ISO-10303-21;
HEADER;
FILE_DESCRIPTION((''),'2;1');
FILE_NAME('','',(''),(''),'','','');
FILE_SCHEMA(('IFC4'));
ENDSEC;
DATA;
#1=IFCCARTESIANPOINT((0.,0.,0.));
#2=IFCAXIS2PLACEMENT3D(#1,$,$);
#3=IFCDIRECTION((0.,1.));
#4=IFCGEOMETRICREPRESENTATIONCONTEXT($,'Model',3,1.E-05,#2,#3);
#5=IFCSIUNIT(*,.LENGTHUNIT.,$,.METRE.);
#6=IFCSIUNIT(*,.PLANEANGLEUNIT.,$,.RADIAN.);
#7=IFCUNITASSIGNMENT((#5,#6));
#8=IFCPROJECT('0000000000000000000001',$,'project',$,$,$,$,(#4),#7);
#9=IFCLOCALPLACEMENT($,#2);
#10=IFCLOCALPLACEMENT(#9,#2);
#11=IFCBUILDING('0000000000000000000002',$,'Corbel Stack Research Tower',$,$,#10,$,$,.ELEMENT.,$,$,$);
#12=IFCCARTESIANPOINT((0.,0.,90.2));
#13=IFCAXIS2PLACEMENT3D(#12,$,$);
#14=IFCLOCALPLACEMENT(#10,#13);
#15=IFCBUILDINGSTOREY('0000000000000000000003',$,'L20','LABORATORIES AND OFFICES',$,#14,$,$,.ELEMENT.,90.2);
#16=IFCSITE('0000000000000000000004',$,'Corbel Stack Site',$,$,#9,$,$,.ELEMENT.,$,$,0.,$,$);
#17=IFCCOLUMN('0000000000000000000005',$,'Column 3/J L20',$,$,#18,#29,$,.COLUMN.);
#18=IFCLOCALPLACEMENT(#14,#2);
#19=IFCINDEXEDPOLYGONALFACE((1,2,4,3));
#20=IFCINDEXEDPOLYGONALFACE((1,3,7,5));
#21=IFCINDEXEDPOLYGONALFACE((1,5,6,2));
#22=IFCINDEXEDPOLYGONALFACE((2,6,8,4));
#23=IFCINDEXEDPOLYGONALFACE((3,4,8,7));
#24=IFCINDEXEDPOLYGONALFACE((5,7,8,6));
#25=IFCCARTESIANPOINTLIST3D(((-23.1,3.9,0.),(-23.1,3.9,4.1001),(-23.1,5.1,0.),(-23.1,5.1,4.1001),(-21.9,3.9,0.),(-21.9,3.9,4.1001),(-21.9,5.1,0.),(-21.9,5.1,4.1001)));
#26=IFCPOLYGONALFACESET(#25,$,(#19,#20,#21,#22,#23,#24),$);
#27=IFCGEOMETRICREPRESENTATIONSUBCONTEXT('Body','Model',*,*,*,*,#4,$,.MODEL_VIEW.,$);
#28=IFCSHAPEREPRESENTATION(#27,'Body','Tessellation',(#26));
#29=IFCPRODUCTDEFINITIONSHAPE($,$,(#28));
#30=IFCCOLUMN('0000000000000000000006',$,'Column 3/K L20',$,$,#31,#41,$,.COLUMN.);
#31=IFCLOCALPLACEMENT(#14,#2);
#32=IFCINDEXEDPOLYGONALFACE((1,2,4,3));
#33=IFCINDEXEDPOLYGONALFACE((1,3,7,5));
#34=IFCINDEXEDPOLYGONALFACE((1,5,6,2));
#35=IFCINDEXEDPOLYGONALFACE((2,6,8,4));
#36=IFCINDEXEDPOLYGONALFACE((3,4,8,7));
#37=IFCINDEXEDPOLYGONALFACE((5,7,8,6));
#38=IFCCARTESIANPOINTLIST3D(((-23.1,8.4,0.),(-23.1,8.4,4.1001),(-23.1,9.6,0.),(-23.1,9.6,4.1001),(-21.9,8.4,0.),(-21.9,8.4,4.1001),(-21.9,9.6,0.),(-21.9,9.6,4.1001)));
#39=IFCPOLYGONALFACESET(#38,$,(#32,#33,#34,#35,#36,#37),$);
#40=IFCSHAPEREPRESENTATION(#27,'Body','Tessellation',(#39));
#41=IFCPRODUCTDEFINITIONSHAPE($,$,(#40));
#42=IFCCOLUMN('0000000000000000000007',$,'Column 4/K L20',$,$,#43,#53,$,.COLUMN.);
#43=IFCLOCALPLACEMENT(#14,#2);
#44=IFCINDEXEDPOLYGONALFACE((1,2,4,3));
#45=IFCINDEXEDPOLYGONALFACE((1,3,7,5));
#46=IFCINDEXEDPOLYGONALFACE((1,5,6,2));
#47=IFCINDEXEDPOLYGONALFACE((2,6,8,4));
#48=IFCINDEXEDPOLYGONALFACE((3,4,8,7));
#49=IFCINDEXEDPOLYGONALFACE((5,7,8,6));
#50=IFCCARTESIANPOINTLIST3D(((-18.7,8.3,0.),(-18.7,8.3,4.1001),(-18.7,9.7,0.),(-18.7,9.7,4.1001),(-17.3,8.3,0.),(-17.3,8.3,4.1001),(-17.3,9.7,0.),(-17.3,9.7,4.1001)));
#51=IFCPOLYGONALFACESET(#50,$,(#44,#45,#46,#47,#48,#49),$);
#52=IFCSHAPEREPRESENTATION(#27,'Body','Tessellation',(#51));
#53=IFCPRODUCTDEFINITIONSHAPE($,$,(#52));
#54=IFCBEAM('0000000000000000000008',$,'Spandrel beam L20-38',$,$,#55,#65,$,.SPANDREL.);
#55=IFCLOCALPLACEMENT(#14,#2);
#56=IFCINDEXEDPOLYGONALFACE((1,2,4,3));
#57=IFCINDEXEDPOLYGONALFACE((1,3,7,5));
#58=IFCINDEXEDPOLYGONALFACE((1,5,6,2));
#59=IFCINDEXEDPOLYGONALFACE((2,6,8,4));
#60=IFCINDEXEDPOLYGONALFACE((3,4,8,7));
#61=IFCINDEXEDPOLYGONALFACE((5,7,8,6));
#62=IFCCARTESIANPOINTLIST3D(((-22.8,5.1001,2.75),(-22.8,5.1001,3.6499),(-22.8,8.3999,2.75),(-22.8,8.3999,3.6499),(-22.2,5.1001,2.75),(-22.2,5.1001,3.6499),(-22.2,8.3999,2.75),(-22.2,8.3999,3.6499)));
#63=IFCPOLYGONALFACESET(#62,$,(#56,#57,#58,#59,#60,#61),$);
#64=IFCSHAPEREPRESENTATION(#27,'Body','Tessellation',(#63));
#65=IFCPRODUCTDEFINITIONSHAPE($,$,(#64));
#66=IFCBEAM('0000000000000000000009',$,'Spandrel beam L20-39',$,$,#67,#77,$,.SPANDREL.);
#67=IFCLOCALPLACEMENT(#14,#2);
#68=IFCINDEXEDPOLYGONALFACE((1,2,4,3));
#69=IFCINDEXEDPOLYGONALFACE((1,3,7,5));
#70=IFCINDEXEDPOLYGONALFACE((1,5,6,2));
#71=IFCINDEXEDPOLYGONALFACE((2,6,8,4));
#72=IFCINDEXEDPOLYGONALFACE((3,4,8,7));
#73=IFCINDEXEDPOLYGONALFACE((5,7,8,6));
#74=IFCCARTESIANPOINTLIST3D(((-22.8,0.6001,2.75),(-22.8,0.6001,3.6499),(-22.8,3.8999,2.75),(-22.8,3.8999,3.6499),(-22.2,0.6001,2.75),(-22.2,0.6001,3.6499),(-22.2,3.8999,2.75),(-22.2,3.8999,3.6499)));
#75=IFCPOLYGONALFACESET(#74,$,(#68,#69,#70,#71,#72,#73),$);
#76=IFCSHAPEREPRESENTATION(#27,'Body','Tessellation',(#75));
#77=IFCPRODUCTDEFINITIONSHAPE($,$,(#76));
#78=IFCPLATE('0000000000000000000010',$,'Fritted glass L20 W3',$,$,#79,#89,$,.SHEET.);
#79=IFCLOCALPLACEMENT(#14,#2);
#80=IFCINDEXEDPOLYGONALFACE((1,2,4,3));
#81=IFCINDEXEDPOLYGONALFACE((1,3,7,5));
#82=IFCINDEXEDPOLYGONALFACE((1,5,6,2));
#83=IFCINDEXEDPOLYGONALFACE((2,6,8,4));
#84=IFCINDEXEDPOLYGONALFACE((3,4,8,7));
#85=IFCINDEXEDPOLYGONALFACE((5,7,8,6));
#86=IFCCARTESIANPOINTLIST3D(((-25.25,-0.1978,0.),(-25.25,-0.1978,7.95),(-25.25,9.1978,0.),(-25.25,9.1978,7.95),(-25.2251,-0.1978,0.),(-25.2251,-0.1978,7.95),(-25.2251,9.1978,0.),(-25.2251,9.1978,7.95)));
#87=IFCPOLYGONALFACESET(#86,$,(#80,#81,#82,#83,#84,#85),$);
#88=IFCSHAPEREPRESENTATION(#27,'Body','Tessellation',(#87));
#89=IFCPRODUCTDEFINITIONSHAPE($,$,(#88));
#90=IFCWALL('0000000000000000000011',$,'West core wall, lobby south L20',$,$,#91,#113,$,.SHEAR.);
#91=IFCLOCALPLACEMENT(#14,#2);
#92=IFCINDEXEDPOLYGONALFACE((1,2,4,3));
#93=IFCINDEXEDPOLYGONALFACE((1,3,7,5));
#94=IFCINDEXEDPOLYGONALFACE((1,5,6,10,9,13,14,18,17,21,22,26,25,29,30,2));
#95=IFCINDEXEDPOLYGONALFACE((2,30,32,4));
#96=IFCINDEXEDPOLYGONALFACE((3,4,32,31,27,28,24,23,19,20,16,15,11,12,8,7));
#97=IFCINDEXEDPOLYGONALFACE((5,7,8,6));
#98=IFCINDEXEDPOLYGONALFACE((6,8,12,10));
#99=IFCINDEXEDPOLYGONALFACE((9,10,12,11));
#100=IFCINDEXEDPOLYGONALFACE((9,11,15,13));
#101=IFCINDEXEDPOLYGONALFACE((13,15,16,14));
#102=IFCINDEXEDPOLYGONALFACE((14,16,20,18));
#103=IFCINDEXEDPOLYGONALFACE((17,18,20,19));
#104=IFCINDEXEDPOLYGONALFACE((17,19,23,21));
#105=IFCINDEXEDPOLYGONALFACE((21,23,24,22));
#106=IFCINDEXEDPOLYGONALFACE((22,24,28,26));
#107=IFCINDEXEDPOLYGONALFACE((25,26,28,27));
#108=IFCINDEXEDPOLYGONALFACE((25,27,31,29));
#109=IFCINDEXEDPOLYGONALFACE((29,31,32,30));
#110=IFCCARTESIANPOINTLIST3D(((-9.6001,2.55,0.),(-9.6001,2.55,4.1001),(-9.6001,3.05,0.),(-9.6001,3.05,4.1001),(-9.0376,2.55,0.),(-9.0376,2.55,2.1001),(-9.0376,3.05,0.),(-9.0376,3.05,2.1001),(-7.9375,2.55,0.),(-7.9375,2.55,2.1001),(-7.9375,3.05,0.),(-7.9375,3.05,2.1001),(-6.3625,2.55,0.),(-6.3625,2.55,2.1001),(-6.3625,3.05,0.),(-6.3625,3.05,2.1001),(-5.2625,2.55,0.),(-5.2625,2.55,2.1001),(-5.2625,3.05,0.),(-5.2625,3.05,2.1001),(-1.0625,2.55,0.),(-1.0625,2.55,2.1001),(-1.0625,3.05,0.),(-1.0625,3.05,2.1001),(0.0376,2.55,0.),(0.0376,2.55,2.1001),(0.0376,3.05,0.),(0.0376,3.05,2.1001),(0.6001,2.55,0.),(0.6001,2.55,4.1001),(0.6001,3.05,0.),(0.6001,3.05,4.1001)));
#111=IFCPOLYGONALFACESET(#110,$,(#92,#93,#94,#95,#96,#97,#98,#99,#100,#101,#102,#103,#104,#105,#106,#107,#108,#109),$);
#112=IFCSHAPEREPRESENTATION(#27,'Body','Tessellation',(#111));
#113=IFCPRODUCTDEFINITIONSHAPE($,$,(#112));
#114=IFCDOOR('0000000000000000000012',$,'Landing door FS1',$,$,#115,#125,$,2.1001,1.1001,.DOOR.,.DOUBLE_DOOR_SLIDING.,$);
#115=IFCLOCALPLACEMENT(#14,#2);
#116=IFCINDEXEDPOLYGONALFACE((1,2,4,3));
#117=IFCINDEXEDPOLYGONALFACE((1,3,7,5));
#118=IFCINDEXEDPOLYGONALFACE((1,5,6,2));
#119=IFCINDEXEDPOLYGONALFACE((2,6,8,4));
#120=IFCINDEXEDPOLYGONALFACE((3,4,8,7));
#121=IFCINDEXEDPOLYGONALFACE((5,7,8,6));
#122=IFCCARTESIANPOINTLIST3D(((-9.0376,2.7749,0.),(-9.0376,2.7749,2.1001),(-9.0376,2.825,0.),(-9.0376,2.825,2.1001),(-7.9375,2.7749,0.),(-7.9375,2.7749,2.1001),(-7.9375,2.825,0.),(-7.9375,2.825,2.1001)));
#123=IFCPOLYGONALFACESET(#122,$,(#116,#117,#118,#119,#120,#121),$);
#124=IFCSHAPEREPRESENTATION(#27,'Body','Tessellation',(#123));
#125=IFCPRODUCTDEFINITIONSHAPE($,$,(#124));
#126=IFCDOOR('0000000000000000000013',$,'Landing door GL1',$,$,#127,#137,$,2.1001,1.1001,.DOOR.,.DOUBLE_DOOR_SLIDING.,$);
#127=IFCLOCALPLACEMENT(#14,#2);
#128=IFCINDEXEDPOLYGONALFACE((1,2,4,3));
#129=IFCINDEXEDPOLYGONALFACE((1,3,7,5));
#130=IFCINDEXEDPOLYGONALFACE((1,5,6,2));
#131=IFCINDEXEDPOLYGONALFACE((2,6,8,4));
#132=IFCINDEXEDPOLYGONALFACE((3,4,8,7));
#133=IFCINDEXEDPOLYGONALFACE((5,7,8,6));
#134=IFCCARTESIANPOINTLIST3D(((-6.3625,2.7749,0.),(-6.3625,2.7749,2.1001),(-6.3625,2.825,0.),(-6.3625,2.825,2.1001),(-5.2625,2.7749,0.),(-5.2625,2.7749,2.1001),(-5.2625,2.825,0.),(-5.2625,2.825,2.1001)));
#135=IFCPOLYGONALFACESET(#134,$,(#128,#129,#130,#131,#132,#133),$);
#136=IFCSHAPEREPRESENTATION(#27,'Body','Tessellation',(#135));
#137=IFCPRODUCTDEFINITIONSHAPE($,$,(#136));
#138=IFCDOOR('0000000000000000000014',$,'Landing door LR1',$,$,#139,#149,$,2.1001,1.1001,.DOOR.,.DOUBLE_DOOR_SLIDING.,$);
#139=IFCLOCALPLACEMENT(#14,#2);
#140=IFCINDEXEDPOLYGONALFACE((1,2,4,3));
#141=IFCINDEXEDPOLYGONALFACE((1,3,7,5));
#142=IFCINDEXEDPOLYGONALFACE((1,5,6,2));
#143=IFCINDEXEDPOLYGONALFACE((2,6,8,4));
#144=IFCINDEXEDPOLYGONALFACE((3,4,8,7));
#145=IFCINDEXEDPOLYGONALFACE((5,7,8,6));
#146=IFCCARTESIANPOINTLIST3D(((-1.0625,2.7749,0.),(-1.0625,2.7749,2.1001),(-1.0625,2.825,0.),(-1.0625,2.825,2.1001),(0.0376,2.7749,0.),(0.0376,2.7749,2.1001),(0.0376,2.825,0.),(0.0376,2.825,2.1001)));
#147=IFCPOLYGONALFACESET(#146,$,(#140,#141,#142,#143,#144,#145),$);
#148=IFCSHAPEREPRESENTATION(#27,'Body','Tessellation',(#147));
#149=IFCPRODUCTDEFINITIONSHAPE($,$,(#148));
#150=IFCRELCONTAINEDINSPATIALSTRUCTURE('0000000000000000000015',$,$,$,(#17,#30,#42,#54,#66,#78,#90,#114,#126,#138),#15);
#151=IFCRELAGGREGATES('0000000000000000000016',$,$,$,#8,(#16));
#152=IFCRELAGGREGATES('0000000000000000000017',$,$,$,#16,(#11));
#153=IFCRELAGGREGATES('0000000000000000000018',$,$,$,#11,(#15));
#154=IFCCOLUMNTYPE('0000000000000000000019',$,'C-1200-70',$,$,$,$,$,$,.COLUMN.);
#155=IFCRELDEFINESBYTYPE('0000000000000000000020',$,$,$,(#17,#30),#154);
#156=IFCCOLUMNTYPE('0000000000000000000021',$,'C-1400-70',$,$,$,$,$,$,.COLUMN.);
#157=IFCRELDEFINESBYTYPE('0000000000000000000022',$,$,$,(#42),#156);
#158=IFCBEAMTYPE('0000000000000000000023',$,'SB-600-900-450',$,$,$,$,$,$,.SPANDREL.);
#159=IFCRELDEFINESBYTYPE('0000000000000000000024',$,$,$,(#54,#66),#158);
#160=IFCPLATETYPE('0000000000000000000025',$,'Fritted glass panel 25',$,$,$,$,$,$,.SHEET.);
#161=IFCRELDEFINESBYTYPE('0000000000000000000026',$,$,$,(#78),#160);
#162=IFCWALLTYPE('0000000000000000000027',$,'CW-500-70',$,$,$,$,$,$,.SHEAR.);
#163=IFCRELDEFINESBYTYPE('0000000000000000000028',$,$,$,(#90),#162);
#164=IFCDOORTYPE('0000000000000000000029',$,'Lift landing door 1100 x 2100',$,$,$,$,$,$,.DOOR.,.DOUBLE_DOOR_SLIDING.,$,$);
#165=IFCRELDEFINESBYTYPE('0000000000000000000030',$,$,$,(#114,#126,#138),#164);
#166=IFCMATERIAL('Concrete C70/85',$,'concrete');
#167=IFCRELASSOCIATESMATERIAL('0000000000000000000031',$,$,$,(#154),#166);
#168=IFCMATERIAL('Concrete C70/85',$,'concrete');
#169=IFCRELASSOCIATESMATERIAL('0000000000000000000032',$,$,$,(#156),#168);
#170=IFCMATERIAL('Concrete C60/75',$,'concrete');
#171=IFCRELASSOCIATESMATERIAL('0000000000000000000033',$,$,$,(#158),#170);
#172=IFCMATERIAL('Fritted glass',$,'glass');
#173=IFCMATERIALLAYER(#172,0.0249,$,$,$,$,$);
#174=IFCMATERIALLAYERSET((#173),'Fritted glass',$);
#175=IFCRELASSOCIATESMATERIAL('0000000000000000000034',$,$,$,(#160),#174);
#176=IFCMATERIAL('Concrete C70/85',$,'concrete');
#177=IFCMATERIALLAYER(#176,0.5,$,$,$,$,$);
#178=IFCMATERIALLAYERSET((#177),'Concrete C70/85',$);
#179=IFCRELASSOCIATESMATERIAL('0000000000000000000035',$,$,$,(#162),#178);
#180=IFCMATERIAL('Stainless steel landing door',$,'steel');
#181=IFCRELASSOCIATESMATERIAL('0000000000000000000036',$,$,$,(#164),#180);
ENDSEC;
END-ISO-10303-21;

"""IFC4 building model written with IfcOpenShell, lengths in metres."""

from ifc_helpers import new_model, si_unit, direction, frame, frame_2d, origin, origin_2d, place, context, subcontext, project, spatial, rectangle, extrude, material, layer, layer_set, material_profile, profile_set, type_object, element, fill, save


model = new_model("IFC4")

# Units and contexts
model_context = context("Model", 3, precision=1e-05, world=origin(), true_north=direction((0.0, 1.0)))
body_context = subcontext(model_context, "Body", "Model", "MODEL_VIEW")
ifc_project = project(units=[si_unit("LENGTHUNIT", "METRE"), si_unit("PLANEANGLEUNIT", "RADIAN")], contexts=[model_context])

# Site, building, storey
site_placement = place(None, origin())
site = spatial("IfcSite", under=ifc_project, at=site_placement, Name="Corbel Stack Site", CompositionType="ELEMENT", RefElevation=0.0)
building_placement = place(site_placement, origin())
building = spatial("IfcBuilding", under=site, at=building_placement, Name="Corbel Stack Research Tower", CompositionType="ELEMENT")
storey_placement = place(building_placement, frame((0.0, 0.0, 90.2)))
storey = spatial("IfcBuildingStorey", under=building, at=storey_placement, Name="L20", Description="LABORATORIES AND OFFICES", CompositionType="ELEMENT", Elevation=90.2)

# Columns
ifc_material_1 = material(Name="Concrete C70/85", Category="concrete")
ifc_material_profile_1 = material_profile(ifc_material_1, rectangle(XDim=1.2, YDim=1.2, at=origin_2d()), Name="RC 1200 x 1200")
ifc_profile_set_1 = profile_set([ifc_material_profile_1], Name="Concrete C70/85")
column_type_1 = type_object("IfcColumnType", Name="C-1200-70", PredefinedType="COLUMN", material=ifc_profile_set_1)
for number, where, z_axis, x_axis, name in (
    (1, (-22.5, 4.5, 0.0), (0.0, 0.0, 1.0), (1.0, 0.0, 0.0), "Column 3/J L20"),
    (2, (-22.5, 9.0, 0.0), (0.0, 0.0, 1.0), (1.0, 0.0, 0.0), "Column 3/K L20"),
):
    element("IfcColumn", number, at=place(storey_placement, frame(where, z_axis=z_axis, x_axis=x_axis)), inside=storey, type_object=column_type_1, Name=name, PredefinedType="COLUMN", context=body_context, shape_type="SweptSolid", body=[
        extrude(rectangle(XDim=1.2, YDim=1.2, at=origin_2d()), origin(), (0.0, 0.0, 1.0), 4.1001),
    ])
ifc_material_2 = material(Name="Concrete C70/85", Category="concrete")
ifc_material_profile_2 = material_profile(ifc_material_2, rectangle(XDim=1.3999, YDim=1.3999, at=origin_2d()), Name="RC 1400 x 1400")
ifc_profile_set_2 = profile_set([ifc_material_profile_2], Name="Concrete C70/85")
column_type_2 = type_object("IfcColumnType", Name="C-1400-70", PredefinedType="COLUMN", material=ifc_profile_set_2)
column_placement = place(storey_placement, frame((-18.0, 9.0, 0.0), z_axis=(0.0, 0.0, 1.0), x_axis=(1.0, 0.0, 0.0)))
element("IfcColumn", 3, at=column_placement, inside=storey, type_object=column_type_2, Name="Column 4/K L20", PredefinedType="COLUMN", context=body_context, shape_type="SweptSolid", body=[
    extrude(rectangle(XDim=1.3999, YDim=1.3999, at=origin_2d()), origin(), (0.0, 0.0, 1.0), 4.1001),
])

# Beams
ifc_material_3 = material(Name="Concrete C60/75", Category="concrete")
ifc_material_profile_3 = material_profile(ifc_material_3, rectangle(XDim=0.6001, YDim=0.8999, at=origin_2d()), Name="RC 600 x 900")
ifc_profile_set_3 = profile_set([ifc_material_profile_3], Name="Concrete C60/75")
beam_type = type_object("IfcBeamType", Name="SB-600-900-450", PredefinedType="SPANDREL", material=ifc_profile_set_3)
for number, where, z_axis, x_axis, name in (
    (4, (-22.5, 8.3999, 3.2), (0.0, -1.0, 0.0), (1.0, 0.0, 0.0), "Spandrel beam L20-38"),
    (5, (-22.5, 3.8999, 3.2), (0.0, -1.0, 0.0), (1.0, 0.0, 0.0), "Spandrel beam L20-39"),
):
    element("IfcBeam", number, at=place(storey_placement, frame(where, z_axis=z_axis, x_axis=x_axis)), inside=storey, type_object=beam_type, Name=name, PredefinedType="SPANDREL", context=body_context, shape_type="SweptSolid", body=[
        extrude(rectangle(XDim=0.6001, YDim=0.8999, at=origin_2d()), origin(), (0.0, 0.0, 1.0), 3.2998),
    ])

# Plate
ifc_material_4 = material(Name="Fritted glass", Category="glass")
ifc_layer_1 = layer(ifc_material_4, 0.0249)
ifc_layer_set_1 = layer_set([ifc_layer_1], Name="Fritted glass")
plate_type = type_object("IfcPlateType", Name="Fritted glass panel 25", PredefinedType="SHEET", material=ifc_layer_set_1)
plate_placement = place(storey_placement, frame((-25.2375, 4.5, 0.0), z_axis=(0.0, 0.0, 1.0), x_axis=(0.0, -1.0, 0.0)))
element("IfcPlate", 6, at=plate_placement, inside=storey, type_object=plate_type, Name="Fritted glass L20 W3", PredefinedType="SHEET", context=body_context, shape_type="SweptSolid", body=[
    extrude(rectangle(XDim=9.3955, YDim=0.0249, at=origin_2d()), origin(), (0.0, 0.0, 1.0), 7.95),
])

# Wall, openings, doors
ifc_material_5 = material(Name="Concrete C70/85", Category="concrete")
ifc_layer_2 = layer(ifc_material_5, 0.5)
ifc_layer_set_2 = layer_set([ifc_layer_2], Name="Concrete C70/85")
wall_type_1 = type_object("IfcWallType", Name="CW-500-70", PredefinedType="SHEAR", material=ifc_layer_set_2)
wall_1_placement = place(storey_placement, frame((-9.6001, 2.8, 0.0), z_axis=(0.0, 0.0, 1.0), x_axis=(1.0, 0.0, 0.0)))
wall_1 = element("IfcWall", 7, at=wall_1_placement, inside=storey, type_object=wall_type_1, Name="West core wall, lobby south L20", PredefinedType="SHEAR", context=body_context, shape_type="SweptSolid", body=[
    extrude(rectangle(XDim=10.2002, YDim=0.5, at=frame_2d((5.1001, 0.0))), origin(), (0.0, 0.0, 1.0), 4.1001),
])
opening_1_placement = place(wall_1_placement, frame((0.5625, 0.0, 0.0)))
opening_1 = element("IfcOpeningElement", 8, at=opening_1_placement, cuts=wall_1, PredefinedType="OPENING", context=body_context, shape_type="SweptSolid", body=[
    extrude(rectangle(XDim=1.1001, YDim=2.1001, at=frame_2d((0.55, 1.05))), frame((0.0, 0.26, 0.0), z_axis=(0.0, -1.0, 0.0), x_axis=(1.0, 0.0, 0.0)), (0.0, 0.0, 1.0), 0.52),
])
opening_2_placement = place(wall_1_placement, frame((3.2375, 0.0, 0.0)))
opening_2 = element("IfcOpeningElement", 9, at=opening_2_placement, cuts=wall_1, PredefinedType="OPENING", context=body_context, shape_type="SweptSolid", body=[
    extrude(rectangle(XDim=1.1001, YDim=2.1001, at=frame_2d((0.55, 1.05))), frame((0.0, 0.26, 0.0), z_axis=(0.0, -1.0, 0.0), x_axis=(1.0, 0.0, 0.0)), (0.0, 0.0, 1.0), 0.52),
])
opening_3_placement = place(wall_1_placement, frame((8.5376, 0.0, 0.0)))
opening_3 = element("IfcOpeningElement", 10, at=opening_3_placement, cuts=wall_1, PredefinedType="OPENING", context=body_context, shape_type="SweptSolid", body=[
    extrude(rectangle(XDim=1.1001, YDim=2.1001, at=frame_2d((0.55, 1.05))), frame((0.0, 0.26, 0.0), z_axis=(0.0, -1.0, 0.0), x_axis=(1.0, 0.0, 0.0)), (0.0, 0.0, 1.0), 0.52),
])
ifc_material_6 = material(Name="Stainless steel landing door", Category="steel")
door_type_1 = type_object("IfcDoorType", Name="Lift landing door 1100 x 2100", OperationType="DOUBLE_DOOR_SLIDING", PredefinedType="DOOR", material=ifc_material_6)
door_1_placement = place(opening_1_placement, origin())
door_1 = element("IfcDoor", 11, at=door_1_placement, inside=storey, type_object=door_type_1, Name="Landing door FS1", OperationType="DOUBLE_DOOR_SLIDING", OverallHeight=2.1001, OverallWidth=1.1001, PredefinedType="DOOR", context=body_context, shape_type="SweptSolid", body=[
    extrude(rectangle(XDim=1.1001, YDim=2.1001, at=frame_2d((0.55, 1.05))), frame((0.0, 0.0249, 0.0), z_axis=(0.0, -1.0, 0.0), x_axis=(1.0, 0.0, 0.0)), (0.0, 0.0, 1.0), 0.05),
])
fill(opening_1, door_1)
door_2_placement = place(opening_2_placement, origin())
door_2 = element("IfcDoor", 12, at=door_2_placement, inside=storey, type_object=door_type_1, Name="Landing door GL1", OperationType="DOUBLE_DOOR_SLIDING", OverallHeight=2.1001, OverallWidth=1.1001, PredefinedType="DOOR", context=body_context, shape_type="SweptSolid", body=[
    extrude(rectangle(XDim=1.1001, YDim=2.1001, at=frame_2d((0.55, 1.05))), frame((0.0, 0.0249, 0.0), z_axis=(0.0, -1.0, 0.0), x_axis=(1.0, 0.0, 0.0)), (0.0, 0.0, 1.0), 0.05),
])
fill(opening_2, door_2)
door_3_placement = place(opening_3_placement, origin())
door_3 = element("IfcDoor", 13, at=door_3_placement, inside=storey, type_object=door_type_1, Name="Landing door LR1", OperationType="DOUBLE_DOOR_SLIDING", OverallHeight=2.1001, OverallWidth=1.1001, PredefinedType="DOOR", context=body_context, shape_type="SweptSolid", body=[
    extrude(rectangle(XDim=1.1001, YDim=2.1001, at=frame_2d((0.55, 1.05))), frame((0.0, 0.0249, 0.0), z_axis=(0.0, -1.0, 0.0), x_axis=(1.0, 0.0, 0.0)), (0.0, 0.0, 1.0), 0.05),
])
fill(opening_3, door_3)

save(model, "model.ifc")
